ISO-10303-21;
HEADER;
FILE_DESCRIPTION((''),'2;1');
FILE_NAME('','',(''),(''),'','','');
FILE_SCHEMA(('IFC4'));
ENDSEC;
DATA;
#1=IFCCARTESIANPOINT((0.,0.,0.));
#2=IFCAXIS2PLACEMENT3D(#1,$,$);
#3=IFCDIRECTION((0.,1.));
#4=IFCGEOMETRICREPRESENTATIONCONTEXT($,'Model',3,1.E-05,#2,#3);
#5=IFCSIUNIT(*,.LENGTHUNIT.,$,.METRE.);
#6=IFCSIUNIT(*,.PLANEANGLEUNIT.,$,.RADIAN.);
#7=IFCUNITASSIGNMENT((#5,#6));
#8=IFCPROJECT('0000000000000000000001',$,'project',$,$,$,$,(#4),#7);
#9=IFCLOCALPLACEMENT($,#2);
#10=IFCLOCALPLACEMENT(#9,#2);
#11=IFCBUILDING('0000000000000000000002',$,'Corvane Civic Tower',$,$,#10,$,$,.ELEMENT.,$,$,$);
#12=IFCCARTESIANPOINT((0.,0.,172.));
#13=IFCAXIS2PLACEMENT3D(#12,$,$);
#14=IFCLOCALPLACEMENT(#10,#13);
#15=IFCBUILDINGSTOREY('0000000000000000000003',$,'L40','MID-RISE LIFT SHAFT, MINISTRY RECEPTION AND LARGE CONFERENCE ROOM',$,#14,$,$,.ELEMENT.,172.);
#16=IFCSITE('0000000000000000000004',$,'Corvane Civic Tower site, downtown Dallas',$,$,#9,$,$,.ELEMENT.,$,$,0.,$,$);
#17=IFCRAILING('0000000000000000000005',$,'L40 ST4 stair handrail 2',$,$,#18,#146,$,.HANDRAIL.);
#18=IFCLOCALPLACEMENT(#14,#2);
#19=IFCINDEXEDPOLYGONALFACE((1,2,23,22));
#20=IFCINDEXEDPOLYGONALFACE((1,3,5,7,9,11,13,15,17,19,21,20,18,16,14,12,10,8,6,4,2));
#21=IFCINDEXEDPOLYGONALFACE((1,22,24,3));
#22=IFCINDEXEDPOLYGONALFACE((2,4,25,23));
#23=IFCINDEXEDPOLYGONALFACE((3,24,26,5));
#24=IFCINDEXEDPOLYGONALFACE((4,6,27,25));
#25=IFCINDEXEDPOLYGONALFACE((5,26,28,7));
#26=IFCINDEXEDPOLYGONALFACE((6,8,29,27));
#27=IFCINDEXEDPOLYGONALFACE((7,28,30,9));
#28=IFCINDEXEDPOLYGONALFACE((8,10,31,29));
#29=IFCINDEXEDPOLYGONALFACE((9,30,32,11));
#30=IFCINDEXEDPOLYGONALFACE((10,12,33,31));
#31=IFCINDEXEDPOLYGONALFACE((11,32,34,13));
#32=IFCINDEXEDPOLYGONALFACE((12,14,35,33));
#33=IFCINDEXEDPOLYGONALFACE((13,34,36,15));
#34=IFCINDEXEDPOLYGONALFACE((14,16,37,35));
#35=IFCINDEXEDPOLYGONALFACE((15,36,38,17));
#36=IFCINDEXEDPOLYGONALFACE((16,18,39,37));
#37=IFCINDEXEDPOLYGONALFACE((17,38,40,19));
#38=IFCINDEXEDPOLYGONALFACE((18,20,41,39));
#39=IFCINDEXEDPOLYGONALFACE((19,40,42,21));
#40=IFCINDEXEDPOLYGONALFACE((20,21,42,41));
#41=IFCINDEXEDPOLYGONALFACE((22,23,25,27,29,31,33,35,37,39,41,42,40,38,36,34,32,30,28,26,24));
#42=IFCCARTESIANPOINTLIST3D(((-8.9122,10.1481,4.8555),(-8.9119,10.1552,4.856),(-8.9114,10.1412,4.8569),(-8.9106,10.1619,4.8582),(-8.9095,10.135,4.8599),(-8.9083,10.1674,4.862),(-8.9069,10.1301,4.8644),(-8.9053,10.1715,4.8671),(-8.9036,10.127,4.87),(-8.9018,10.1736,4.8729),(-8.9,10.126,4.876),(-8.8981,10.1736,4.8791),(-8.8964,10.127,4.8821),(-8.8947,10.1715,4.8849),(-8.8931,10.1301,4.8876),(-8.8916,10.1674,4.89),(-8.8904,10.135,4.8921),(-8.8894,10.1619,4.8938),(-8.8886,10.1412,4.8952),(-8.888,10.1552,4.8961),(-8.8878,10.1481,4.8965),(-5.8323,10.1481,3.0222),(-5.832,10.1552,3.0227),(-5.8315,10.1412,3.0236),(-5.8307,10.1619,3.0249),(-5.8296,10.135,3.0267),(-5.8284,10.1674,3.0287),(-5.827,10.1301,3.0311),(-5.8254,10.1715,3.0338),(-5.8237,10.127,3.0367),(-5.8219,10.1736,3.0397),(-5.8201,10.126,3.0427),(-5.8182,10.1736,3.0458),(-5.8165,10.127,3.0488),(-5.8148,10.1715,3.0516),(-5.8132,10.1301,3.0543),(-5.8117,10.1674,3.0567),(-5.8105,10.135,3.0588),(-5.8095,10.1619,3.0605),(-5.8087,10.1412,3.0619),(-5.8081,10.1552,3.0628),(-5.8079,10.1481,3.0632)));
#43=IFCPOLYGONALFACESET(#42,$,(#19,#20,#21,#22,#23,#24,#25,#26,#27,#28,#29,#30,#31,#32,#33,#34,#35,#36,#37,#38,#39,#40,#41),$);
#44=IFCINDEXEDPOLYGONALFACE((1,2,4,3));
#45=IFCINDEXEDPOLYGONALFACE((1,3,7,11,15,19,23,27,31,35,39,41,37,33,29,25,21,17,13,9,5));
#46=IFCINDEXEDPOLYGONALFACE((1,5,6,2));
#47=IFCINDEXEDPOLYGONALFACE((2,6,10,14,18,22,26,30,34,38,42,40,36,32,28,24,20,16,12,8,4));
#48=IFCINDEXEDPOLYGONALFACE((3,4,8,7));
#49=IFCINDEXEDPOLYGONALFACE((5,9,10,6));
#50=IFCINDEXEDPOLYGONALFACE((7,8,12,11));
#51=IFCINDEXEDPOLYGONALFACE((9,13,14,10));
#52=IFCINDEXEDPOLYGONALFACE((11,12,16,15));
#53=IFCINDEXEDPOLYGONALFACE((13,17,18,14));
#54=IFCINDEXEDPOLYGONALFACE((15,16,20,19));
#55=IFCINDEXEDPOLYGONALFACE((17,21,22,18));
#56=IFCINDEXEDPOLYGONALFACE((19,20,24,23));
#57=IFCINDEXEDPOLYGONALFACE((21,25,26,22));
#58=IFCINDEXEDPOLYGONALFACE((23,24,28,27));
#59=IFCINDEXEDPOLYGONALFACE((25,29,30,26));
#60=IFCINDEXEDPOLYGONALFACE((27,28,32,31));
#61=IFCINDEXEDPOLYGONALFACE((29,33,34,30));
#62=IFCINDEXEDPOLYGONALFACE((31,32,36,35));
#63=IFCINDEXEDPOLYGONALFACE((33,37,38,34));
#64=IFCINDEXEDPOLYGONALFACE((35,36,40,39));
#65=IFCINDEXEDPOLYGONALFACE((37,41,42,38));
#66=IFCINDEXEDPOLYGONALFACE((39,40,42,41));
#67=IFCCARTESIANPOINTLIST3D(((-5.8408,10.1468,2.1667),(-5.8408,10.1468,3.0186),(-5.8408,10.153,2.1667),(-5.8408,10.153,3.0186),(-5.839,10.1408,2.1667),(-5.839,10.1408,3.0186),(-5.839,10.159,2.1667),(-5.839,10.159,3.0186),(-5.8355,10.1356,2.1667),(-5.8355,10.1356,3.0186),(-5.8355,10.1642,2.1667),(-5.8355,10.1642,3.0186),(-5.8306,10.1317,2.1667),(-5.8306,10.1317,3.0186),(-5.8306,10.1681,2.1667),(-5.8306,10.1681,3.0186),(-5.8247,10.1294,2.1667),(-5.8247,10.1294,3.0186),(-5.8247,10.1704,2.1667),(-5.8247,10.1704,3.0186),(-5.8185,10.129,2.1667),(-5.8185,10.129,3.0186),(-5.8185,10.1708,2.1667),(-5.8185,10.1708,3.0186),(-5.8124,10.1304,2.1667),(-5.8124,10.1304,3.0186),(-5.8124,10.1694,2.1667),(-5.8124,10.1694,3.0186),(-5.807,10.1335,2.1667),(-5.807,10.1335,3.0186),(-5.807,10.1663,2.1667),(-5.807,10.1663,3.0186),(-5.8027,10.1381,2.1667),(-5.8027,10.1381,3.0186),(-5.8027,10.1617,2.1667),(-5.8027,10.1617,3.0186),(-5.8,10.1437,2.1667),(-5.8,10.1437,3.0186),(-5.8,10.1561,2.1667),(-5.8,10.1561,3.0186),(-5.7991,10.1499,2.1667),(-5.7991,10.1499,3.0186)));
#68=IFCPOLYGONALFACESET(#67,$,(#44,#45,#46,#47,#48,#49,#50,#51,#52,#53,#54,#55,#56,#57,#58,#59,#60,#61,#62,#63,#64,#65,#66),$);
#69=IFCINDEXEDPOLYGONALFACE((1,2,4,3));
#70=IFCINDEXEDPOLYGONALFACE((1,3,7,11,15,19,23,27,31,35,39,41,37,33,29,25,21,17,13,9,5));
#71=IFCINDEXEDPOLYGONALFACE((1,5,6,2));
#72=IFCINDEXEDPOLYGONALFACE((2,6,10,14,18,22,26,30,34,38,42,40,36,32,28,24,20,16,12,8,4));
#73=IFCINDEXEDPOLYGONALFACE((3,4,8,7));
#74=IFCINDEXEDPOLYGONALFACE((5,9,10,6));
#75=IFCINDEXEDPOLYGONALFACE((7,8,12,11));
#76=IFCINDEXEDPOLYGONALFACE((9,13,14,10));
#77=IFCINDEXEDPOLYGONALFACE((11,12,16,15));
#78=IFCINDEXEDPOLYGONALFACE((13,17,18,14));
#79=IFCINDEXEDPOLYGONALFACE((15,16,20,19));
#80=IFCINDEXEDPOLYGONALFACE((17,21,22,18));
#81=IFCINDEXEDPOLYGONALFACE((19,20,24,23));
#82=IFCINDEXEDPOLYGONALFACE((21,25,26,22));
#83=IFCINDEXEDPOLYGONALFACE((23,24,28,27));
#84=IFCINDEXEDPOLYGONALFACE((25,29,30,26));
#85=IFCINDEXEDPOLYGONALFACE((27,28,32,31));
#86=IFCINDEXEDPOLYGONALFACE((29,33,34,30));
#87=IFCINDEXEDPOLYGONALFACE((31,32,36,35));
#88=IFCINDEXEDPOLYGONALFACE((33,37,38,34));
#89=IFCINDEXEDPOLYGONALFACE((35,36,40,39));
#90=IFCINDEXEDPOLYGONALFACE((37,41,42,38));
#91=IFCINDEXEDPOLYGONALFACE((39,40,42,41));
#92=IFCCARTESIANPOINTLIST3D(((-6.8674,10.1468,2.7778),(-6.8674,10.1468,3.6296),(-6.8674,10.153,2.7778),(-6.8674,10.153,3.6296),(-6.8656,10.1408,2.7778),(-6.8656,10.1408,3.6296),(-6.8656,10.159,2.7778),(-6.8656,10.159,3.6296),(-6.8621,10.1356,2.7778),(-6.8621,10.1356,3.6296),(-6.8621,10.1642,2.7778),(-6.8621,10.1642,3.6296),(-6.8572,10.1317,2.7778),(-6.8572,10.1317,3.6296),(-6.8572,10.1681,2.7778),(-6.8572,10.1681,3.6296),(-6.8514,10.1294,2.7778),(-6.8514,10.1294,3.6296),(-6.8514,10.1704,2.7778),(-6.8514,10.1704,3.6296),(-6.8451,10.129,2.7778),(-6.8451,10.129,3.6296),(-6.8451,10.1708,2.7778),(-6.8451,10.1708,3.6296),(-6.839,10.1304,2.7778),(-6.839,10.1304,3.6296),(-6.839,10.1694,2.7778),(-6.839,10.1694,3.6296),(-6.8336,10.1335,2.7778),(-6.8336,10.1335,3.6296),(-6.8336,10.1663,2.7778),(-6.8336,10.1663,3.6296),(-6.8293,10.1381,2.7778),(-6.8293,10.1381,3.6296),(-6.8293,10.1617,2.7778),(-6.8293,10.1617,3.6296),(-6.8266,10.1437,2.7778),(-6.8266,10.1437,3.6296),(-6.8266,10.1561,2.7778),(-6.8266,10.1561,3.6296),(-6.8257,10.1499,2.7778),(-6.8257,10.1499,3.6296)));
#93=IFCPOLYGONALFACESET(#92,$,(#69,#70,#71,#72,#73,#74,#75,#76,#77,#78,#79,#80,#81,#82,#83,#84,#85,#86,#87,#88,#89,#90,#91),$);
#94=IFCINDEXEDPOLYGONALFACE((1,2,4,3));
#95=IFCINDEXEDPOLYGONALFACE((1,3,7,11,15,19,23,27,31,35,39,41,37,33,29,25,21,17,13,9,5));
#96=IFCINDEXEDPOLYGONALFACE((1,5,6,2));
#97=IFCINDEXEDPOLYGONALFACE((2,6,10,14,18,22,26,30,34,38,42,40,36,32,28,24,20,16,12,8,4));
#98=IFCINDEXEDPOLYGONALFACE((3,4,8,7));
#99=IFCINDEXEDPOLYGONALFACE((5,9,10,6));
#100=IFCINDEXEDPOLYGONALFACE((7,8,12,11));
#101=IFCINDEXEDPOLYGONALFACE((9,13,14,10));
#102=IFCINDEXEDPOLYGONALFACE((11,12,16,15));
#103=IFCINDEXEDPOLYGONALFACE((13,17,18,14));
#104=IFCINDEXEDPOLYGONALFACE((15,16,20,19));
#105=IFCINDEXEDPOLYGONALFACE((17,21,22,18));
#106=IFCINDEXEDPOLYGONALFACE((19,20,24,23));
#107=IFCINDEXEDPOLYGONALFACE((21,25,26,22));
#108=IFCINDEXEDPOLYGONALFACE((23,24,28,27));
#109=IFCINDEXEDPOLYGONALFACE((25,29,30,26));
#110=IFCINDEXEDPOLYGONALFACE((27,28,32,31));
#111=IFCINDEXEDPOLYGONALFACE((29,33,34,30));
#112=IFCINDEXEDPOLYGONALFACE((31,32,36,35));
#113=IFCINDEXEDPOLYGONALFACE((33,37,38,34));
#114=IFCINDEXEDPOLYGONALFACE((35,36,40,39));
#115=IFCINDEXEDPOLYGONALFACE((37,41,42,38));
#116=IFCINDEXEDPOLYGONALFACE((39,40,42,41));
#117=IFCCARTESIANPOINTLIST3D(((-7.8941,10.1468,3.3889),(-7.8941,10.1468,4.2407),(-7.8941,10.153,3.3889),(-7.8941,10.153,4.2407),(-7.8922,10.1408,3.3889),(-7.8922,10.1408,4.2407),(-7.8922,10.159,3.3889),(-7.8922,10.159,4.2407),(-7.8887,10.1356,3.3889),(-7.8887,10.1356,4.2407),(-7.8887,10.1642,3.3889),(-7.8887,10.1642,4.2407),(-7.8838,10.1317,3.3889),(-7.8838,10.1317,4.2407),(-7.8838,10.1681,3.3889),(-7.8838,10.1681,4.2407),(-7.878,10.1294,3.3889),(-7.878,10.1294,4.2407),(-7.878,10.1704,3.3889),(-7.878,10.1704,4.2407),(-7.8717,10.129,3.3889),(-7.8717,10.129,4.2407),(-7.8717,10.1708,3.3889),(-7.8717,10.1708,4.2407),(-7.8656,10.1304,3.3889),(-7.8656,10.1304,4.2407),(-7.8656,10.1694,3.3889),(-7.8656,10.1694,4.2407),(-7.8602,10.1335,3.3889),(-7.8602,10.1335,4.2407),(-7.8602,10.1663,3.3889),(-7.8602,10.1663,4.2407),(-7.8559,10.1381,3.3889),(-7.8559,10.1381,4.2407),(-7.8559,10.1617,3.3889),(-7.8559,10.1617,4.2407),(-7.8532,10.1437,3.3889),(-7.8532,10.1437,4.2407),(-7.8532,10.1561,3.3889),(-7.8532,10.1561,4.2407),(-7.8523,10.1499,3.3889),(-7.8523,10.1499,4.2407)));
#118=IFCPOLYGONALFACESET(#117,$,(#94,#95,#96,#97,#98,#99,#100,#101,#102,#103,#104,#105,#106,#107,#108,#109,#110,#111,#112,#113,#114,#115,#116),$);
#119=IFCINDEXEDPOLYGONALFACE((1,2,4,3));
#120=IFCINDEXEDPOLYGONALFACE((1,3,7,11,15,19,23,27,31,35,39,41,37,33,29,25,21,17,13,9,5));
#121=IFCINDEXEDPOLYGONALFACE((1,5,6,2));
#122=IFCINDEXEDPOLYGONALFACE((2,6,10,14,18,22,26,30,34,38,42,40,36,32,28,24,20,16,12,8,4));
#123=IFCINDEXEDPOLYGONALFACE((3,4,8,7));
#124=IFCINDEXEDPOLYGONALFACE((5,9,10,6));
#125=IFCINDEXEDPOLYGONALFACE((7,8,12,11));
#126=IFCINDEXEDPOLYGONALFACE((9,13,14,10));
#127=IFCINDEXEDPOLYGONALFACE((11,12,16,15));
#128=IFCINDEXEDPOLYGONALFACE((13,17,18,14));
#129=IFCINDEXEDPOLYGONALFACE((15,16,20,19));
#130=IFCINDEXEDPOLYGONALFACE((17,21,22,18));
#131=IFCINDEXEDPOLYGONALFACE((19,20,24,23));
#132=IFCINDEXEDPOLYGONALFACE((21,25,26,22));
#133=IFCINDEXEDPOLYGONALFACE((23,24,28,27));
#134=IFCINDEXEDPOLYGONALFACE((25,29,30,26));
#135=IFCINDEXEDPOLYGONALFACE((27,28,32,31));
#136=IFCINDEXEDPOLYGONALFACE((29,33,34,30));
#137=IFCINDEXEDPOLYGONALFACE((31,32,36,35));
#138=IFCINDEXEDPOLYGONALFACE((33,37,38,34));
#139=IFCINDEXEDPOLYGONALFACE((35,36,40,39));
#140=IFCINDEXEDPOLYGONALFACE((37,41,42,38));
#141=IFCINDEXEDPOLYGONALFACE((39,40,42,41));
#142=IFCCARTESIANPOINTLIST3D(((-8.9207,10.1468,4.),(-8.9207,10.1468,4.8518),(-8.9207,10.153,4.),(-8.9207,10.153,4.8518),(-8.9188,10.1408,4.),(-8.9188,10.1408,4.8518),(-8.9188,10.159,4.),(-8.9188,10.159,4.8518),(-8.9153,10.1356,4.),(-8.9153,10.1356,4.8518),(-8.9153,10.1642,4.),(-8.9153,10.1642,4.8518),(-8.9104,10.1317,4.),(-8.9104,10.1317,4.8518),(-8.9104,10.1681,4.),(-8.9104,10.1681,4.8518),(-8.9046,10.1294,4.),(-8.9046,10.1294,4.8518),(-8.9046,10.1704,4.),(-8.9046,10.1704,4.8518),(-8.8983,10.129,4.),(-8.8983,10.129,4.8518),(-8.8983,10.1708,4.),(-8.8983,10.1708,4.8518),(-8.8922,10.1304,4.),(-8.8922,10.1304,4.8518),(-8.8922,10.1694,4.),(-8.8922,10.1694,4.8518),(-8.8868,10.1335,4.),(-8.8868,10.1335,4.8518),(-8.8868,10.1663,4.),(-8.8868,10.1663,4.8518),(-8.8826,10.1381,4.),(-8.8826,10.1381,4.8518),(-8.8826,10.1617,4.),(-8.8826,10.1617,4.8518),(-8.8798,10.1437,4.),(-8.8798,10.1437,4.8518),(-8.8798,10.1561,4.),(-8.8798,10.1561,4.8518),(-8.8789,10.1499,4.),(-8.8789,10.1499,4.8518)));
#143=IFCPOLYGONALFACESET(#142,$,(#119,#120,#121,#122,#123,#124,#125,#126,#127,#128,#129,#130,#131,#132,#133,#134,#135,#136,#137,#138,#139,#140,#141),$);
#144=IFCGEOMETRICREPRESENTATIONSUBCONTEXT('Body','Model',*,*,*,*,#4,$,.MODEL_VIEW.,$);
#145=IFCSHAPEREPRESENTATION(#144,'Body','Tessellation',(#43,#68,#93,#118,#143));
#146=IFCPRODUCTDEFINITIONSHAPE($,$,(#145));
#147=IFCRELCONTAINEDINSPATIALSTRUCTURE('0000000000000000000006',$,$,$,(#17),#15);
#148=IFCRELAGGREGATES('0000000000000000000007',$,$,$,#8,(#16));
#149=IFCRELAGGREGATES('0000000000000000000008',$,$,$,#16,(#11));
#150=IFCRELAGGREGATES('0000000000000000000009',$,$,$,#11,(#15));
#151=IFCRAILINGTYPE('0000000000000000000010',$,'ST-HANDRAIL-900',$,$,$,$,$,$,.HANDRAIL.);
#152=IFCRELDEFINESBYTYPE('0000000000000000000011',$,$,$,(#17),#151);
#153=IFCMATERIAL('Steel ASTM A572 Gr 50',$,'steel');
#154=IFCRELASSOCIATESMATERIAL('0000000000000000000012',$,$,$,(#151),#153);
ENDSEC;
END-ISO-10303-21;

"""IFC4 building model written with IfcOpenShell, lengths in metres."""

from ifc_helpers import new_model, si_unit, direction, frame, origin, origin_2d, place, context, subcontext, project, spatial, circle, extrude, material, type_object, element, save


model = new_model("IFC4")

# Units and contexts
model_context = context("Model", 3, precision=1e-05, world=origin(), true_north=direction((0.0, 1.0)))
body_context = subcontext(model_context, "Body", "Model", "MODEL_VIEW")
ifc_project = project(units=[si_unit("LENGTHUNIT", "METRE"), si_unit("PLANEANGLEUNIT", "RADIAN")], contexts=[model_context])

# Site, building, storey
site_placement = place(None, origin())
site = spatial("IfcSite", under=ifc_project, at=site_placement, Name="Corvane Civic Tower site, downtown Dallas", CompositionType="ELEMENT", RefElevation=0.0)
building_placement = place(site_placement, origin())
building = spatial("IfcBuilding", under=site, at=building_placement, Name="Corvane Civic Tower", CompositionType="ELEMENT")
storey_placement = place(building_placement, frame((0.0, 0.0, 172.0)))
storey = spatial("IfcBuildingStorey", under=building, at=storey_placement, Name="L40", Description="MID-RISE LIFT SHAFT, MINISTRY RECEPTION AND LARGE CONFERENCE ROOM", CompositionType="ELEMENT", Elevation=172.0)

# Railing
ifc_material_1 = material(Name="Steel ASTM A572 Gr 50", Category="steel")
railing_type_1 = type_object("IfcRailingType", Name="ST-HANDRAIL-900", PredefinedType="HANDRAIL", material=ifc_material_1)
railing_1_placement = place(storey_placement, frame((-5.8201, 10.1499, 2.1667)))
element("IfcRailing", 1, at=railing_1_placement, inside=storey, type_object=railing_type_1, Name="L40 ST4 stair handrail 2", PredefinedType="HANDRAIL", context=body_context, shape_type="SweptSolid", body=[
    extrude(circle(Radius=0.0239, at=origin_2d()), frame((0.0, 0.0, 0.876), z_axis=(-0.859291, 0.0, 0.511487), x_axis=(0.0, -1.0, 0.0)), (0.0, 0.0, 1.0), 3.5842),
    extrude(circle(Radius=0.021, at=origin_2d()), origin(), (0.0, 0.0, 1.0), 0.8518),
    extrude(circle(Radius=0.021, at=origin_2d()), frame((-1.0266, 0.0, 0.6111)), (0.0, 0.0, 1.0), 0.8518),
    extrude(circle(Radius=0.021, at=origin_2d()), frame((-2.0532, 0.0, 1.2222)), (0.0, 0.0, 1.0), 0.8518),
    extrude(circle(Radius=0.021, at=origin_2d()), frame((-3.0798, 0.0, 1.8333)), (0.0, 0.0, 1.0), 0.8518),
])

save(model, "model.ifc")
